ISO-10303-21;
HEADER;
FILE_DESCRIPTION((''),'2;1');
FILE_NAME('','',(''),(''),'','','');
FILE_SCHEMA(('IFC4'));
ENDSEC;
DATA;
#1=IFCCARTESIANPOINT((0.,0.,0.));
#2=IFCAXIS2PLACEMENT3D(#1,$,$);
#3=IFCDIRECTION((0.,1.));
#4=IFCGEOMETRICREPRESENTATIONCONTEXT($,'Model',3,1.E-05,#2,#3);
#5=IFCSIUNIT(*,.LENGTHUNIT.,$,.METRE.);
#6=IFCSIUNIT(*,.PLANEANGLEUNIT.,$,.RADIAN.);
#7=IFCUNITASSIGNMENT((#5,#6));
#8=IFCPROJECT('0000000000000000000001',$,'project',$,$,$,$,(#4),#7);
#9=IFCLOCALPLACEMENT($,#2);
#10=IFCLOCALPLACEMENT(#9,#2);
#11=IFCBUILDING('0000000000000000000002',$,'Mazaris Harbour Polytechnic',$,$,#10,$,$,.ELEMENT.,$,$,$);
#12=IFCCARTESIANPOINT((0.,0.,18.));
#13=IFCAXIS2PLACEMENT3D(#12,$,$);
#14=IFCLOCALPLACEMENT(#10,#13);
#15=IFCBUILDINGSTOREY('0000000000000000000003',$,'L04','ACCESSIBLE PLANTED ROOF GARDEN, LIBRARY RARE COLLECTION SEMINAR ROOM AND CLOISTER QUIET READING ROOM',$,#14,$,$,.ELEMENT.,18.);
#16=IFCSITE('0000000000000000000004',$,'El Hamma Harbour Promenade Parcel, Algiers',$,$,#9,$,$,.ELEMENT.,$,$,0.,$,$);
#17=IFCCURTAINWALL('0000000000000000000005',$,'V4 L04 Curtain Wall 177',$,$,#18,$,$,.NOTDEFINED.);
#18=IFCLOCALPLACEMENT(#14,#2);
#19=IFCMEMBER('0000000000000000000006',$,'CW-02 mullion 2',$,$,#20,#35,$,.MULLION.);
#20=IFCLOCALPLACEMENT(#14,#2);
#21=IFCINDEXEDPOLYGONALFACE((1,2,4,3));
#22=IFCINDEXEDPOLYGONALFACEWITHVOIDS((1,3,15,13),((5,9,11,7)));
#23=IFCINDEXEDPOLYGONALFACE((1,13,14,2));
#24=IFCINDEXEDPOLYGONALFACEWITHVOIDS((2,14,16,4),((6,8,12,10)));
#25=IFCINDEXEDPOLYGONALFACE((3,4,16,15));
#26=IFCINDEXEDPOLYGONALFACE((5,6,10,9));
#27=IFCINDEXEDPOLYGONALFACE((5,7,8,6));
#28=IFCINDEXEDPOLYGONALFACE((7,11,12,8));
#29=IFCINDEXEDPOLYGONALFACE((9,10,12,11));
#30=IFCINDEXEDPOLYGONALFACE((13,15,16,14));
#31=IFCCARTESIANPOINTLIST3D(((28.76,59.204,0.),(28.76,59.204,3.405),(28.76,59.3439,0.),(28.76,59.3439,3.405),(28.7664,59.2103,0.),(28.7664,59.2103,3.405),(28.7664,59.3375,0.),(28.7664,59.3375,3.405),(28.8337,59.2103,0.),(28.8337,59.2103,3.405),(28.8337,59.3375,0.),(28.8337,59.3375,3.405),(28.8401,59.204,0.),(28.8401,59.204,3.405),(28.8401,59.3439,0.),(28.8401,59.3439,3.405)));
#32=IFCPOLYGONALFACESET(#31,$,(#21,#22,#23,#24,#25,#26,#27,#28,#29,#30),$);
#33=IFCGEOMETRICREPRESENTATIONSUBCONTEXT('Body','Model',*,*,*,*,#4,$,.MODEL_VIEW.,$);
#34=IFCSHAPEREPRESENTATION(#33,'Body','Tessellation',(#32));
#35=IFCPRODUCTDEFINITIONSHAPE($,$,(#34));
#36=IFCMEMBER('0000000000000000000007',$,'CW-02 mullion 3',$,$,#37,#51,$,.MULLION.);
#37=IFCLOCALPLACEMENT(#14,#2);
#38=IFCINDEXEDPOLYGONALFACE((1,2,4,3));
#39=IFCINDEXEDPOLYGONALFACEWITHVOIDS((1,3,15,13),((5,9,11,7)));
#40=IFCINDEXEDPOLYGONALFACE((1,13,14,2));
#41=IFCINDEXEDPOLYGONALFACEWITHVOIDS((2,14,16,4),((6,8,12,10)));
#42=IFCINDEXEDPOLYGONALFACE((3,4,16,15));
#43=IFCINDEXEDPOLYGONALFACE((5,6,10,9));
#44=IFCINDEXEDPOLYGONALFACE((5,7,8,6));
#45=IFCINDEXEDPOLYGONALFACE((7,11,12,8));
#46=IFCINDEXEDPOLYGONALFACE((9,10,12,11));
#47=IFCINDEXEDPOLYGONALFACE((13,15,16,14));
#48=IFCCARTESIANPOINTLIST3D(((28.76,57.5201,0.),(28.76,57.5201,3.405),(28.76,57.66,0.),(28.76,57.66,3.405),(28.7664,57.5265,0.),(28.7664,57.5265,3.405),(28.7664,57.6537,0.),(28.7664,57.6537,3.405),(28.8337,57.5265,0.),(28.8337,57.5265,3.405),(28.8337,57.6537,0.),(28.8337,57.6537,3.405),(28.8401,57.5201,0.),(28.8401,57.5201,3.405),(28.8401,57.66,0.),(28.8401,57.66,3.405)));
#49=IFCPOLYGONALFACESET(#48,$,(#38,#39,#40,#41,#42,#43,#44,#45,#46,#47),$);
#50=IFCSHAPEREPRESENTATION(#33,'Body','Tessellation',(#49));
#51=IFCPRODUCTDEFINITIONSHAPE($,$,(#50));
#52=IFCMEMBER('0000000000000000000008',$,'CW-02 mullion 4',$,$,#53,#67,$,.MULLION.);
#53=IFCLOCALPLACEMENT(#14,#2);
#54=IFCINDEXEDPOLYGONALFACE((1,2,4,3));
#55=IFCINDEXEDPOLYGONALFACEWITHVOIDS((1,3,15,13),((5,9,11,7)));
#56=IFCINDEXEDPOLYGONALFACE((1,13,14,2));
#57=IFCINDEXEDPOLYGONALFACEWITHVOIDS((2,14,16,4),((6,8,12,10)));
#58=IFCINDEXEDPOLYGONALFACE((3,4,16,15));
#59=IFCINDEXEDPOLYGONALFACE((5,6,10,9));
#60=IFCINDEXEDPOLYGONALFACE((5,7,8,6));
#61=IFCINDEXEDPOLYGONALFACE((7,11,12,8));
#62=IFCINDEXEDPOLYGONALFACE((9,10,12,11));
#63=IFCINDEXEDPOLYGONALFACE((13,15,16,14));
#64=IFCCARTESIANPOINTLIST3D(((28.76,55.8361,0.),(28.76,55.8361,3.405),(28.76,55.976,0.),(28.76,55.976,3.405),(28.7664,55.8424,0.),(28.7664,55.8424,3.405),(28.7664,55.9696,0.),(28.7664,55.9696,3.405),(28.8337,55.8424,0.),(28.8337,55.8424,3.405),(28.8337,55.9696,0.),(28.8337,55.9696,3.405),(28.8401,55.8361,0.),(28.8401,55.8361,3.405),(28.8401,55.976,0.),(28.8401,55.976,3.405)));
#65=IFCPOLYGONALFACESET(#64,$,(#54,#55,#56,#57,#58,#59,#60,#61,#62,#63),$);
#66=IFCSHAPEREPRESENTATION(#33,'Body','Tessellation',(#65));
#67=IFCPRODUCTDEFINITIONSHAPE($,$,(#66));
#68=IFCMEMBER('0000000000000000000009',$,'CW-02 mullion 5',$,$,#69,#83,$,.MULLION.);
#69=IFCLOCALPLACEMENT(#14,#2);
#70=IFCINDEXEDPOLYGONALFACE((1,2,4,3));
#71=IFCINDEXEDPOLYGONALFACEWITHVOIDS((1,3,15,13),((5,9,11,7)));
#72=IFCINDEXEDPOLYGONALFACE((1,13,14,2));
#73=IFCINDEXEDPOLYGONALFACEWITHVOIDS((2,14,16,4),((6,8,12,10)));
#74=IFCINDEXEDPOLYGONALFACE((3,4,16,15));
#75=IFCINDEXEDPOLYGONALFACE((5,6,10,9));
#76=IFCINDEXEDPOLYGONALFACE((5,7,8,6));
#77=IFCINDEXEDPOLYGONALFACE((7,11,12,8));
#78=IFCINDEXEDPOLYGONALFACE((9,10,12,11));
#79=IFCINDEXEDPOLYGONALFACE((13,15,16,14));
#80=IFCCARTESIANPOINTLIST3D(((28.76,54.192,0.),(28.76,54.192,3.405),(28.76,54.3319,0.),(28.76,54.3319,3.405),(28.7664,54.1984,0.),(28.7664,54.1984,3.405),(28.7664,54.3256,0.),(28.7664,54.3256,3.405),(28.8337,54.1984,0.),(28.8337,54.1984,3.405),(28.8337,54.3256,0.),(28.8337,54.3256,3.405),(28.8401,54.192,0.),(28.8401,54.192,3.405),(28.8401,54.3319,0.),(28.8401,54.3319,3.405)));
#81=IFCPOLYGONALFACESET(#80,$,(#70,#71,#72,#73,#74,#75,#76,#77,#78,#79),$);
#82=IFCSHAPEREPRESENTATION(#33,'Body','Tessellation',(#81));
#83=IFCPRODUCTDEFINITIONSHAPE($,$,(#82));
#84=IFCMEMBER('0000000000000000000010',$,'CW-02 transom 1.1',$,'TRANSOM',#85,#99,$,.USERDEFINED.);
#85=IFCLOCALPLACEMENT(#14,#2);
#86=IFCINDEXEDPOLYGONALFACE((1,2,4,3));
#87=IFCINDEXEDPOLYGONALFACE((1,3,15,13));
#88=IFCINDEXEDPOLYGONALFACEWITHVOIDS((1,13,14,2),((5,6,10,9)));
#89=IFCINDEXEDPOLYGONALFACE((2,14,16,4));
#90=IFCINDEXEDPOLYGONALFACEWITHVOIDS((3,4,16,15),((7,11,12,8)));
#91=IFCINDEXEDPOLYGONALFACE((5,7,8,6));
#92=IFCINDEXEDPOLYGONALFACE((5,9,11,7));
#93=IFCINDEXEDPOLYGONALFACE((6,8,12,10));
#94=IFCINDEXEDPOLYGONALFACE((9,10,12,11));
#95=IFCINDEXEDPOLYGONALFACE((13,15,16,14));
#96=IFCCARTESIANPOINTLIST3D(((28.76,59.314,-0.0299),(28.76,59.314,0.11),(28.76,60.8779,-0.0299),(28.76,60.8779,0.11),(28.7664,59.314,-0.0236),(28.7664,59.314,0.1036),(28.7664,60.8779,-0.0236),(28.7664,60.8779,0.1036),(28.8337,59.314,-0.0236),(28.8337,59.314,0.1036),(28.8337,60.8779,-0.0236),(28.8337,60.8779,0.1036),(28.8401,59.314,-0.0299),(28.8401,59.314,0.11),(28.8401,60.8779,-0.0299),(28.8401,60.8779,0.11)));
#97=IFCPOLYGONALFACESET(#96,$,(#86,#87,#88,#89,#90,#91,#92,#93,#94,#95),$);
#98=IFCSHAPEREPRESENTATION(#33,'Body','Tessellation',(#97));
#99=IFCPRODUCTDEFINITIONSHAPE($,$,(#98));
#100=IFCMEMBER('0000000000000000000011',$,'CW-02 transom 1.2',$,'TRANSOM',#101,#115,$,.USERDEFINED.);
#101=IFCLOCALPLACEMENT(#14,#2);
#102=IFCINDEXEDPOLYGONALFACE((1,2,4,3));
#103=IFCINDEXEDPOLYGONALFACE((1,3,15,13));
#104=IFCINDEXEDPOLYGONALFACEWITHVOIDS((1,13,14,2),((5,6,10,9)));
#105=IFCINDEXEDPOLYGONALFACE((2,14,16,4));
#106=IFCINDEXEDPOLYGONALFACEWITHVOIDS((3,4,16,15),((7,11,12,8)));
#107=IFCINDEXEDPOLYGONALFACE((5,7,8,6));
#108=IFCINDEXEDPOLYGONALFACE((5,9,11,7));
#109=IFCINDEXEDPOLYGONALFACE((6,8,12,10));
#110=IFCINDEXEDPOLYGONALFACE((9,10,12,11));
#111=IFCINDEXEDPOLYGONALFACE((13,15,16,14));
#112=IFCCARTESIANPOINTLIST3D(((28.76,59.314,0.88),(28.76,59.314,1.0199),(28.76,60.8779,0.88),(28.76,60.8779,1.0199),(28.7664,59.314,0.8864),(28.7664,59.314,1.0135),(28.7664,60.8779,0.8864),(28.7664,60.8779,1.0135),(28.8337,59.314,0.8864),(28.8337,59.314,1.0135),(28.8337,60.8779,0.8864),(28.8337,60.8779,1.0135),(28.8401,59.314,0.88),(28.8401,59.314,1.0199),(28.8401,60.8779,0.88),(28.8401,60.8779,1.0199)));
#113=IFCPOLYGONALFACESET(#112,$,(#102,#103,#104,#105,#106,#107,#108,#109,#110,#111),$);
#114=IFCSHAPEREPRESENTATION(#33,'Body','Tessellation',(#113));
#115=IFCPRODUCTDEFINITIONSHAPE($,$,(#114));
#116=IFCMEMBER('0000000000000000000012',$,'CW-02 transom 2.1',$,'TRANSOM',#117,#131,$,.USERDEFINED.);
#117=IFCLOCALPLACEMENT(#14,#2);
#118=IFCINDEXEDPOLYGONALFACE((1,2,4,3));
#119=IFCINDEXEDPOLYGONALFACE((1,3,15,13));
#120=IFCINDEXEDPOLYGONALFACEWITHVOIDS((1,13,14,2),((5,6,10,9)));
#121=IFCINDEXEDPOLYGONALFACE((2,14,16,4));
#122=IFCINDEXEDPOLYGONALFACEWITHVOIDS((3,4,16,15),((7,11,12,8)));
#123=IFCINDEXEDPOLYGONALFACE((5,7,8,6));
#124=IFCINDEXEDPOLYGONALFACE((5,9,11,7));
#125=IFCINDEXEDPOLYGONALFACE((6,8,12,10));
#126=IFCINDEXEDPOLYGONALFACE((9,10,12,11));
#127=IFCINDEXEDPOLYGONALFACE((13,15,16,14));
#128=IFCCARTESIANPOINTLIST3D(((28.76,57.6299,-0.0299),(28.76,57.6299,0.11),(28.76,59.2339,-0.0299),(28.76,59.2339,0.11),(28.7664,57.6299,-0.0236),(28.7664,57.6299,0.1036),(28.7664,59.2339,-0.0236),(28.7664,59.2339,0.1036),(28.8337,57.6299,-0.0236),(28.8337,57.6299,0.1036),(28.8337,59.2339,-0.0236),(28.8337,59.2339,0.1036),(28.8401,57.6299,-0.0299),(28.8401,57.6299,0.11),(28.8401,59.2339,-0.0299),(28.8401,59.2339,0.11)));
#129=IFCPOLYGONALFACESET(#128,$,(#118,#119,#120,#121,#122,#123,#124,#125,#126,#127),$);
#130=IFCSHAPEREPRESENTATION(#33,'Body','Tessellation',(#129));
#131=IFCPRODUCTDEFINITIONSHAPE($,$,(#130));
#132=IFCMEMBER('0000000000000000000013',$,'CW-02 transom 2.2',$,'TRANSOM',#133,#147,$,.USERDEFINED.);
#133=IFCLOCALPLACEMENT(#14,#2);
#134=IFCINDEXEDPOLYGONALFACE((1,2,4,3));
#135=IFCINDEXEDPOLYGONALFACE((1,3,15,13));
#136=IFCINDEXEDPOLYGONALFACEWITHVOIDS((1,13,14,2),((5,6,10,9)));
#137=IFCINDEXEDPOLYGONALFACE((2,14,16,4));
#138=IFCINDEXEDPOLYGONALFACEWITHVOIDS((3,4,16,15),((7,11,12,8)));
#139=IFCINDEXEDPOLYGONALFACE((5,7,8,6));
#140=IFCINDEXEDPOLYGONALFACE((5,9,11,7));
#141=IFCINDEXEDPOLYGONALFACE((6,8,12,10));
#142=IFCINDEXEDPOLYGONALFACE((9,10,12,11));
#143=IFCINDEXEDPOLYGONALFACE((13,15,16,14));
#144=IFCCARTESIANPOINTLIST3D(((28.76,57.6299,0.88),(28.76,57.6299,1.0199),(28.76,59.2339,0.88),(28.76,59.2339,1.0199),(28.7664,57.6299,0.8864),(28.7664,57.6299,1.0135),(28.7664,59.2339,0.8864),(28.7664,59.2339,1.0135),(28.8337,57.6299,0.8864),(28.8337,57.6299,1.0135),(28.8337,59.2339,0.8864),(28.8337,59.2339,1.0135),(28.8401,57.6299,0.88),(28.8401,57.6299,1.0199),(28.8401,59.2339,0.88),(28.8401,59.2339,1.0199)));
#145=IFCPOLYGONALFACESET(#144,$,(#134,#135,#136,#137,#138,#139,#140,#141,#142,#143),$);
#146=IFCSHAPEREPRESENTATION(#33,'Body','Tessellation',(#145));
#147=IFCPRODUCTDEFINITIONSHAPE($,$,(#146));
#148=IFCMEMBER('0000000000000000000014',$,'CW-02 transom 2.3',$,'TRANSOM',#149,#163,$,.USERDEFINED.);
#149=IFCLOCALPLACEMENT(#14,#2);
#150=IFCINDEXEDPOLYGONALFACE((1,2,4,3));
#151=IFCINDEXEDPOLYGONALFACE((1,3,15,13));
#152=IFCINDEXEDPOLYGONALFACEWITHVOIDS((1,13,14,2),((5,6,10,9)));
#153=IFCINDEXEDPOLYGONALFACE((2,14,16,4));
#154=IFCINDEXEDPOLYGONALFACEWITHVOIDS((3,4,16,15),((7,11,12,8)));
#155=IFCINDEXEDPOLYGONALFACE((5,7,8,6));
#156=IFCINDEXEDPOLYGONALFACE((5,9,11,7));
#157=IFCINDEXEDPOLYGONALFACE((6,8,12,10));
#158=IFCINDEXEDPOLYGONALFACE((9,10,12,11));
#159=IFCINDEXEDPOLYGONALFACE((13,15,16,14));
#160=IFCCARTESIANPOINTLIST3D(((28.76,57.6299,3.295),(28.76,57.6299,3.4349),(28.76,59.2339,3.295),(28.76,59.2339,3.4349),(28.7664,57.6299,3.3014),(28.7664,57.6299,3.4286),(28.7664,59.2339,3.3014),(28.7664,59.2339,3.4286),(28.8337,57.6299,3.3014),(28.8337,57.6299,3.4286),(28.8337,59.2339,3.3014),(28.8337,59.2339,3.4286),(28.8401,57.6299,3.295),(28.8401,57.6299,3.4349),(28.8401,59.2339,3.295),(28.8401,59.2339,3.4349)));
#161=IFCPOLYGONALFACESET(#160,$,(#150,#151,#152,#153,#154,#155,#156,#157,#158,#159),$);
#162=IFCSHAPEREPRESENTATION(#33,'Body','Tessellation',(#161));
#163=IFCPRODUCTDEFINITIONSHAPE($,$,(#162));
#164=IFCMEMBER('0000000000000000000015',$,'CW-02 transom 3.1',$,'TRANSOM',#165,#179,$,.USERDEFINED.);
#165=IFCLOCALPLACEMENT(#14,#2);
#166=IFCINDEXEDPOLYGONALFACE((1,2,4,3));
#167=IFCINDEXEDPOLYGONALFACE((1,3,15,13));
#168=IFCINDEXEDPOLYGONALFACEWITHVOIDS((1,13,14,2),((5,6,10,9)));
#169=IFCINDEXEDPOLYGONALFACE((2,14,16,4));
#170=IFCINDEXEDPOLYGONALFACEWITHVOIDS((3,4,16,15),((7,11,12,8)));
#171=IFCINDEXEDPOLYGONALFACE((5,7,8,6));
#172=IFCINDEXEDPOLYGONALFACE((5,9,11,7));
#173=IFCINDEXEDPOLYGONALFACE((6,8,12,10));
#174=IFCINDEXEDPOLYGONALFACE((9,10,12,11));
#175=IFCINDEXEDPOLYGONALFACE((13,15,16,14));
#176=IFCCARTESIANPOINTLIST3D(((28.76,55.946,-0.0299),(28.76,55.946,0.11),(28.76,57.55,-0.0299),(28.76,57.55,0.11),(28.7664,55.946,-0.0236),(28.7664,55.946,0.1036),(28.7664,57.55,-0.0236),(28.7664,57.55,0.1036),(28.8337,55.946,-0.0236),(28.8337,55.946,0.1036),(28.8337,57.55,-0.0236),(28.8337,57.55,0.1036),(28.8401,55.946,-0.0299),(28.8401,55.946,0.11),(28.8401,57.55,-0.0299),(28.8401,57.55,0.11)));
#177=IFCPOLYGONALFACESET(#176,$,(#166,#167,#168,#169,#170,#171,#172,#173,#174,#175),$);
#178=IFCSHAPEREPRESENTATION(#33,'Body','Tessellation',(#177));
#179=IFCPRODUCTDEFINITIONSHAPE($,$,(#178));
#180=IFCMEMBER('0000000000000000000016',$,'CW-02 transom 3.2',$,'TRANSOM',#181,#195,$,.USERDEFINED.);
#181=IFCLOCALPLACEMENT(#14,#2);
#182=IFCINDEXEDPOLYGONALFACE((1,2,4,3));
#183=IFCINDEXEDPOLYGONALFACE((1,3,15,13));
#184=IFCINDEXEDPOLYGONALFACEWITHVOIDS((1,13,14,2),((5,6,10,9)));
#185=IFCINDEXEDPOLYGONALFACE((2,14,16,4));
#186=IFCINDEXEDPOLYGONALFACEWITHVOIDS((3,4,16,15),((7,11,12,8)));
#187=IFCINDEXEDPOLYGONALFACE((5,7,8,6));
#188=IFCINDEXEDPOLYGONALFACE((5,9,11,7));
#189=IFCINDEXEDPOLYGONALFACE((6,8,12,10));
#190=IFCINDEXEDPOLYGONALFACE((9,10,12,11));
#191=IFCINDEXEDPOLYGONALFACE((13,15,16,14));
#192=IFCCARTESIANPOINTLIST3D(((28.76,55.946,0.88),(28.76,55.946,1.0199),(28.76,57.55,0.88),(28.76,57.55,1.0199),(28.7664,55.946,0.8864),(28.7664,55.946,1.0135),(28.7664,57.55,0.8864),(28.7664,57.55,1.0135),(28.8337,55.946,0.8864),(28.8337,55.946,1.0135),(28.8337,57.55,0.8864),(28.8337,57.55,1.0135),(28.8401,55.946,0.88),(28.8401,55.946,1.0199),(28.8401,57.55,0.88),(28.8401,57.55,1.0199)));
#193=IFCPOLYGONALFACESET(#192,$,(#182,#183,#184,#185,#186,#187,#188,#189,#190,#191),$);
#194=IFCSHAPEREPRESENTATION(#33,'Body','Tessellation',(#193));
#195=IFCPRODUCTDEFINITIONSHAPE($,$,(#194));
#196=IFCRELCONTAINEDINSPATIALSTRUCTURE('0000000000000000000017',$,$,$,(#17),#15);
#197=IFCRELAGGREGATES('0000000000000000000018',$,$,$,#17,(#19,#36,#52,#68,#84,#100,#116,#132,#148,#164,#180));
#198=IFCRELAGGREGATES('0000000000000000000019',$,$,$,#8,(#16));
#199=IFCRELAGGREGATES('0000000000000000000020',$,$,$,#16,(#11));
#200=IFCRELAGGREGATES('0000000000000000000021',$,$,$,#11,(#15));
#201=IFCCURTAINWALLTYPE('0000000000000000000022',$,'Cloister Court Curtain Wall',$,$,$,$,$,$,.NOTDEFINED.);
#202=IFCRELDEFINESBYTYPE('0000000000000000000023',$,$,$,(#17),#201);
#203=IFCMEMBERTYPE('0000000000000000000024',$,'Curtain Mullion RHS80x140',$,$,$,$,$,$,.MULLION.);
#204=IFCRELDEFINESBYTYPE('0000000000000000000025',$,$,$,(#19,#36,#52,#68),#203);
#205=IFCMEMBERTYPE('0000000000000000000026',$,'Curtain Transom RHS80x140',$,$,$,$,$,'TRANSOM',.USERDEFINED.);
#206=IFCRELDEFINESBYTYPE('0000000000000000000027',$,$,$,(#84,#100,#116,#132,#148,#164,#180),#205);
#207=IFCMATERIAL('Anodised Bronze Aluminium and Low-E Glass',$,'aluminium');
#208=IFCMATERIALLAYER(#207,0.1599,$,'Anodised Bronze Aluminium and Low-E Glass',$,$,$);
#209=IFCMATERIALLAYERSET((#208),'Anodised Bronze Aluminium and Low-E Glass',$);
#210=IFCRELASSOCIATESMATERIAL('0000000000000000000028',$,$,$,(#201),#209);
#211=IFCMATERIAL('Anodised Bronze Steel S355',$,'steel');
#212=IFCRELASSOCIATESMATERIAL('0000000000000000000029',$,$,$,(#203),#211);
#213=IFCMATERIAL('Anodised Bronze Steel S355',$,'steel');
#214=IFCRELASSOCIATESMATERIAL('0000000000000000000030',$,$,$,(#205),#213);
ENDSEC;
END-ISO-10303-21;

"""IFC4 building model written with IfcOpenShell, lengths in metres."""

from ifc_helpers import new_model, si_unit, direction, frame, origin, origin_2d, place, context, subcontext, project, spatial, hollow_rectangle, extrude, material, layer, layer_set, material_profile, profile_set, type_object, element, aggregate, save


model = new_model("IFC4")

# Units and contexts
model_context = context("Model", 3, precision=1e-05, world=origin(), true_north=direction((0.0, 1.0)))
body_context = subcontext(model_context, "Body", "Model", "MODEL_VIEW")
ifc_project = project(units=[si_unit("LENGTHUNIT", "METRE"), si_unit("PLANEANGLEUNIT", "RADIAN")], contexts=[model_context])

# Site, building, storey
site_placement = place(None, origin())
site = spatial("IfcSite", under=ifc_project, at=site_placement, Name="El Hamma Harbour Promenade Parcel, Algiers", CompositionType="ELEMENT", RefElevation=0.0)
building_placement = place(site_placement, origin())
building = spatial("IfcBuilding", under=site, at=building_placement, Name="Mazaris Harbour Polytechnic", CompositionType="ELEMENT")
storey_placement = place(building_placement, frame((0.0, 0.0, 18.0)))
storey = spatial("IfcBuildingStorey", under=building, at=storey_placement, Name="L04", Description="ACCESSIBLE PLANTED ROOF GARDEN, LIBRARY RARE COLLECTION SEMINAR ROOM AND CLOISTER QUIET READING ROOM", CompositionType="ELEMENT", Elevation=18.0)

# Curtain wall, members
ifc_material_1 = material(Name="Anodised Bronze Aluminium and Low-E Glass", Category="aluminium")
ifc_layer_1 = layer(ifc_material_1, 0.1599, Name="Anodised Bronze Aluminium and Low-E Glass")
ifc_layer_set_1 = layer_set([ifc_layer_1], Name="Anodised Bronze Aluminium and Low-E Glass")
curtain_wall_type = type_object("IfcCurtainWallType", Name="Cloister Court Curtain Wall", PredefinedType="NOTDEFINED", material=ifc_layer_set_1)
curtain_wall_1_placement = place(storey_placement, origin())
curtain_wall_1 = element("IfcCurtainWall", 1, at=curtain_wall_1_placement, inside=storey, type_object=curtain_wall_type, Name="V4 L04 Curtain Wall 177", PredefinedType="NOTDEFINED")
ifc_material_2 = material(Name="Anodised Bronze Steel S355", Category="steel")
ifc_material_profile_1 = material_profile(ifc_material_2, hollow_rectangle(XDim=0.0801, YDim=0.1399, WallThickness=0.0063, at=origin_2d()), Name="RHS 80x140x6.3")
ifc_profile_set_1 = profile_set([ifc_material_profile_1], Name="Anodised Bronze Steel S355")
member_type_1 = type_object("IfcMemberType", Name="Curtain Mullion RHS80x140", PredefinedType="MULLION", material=ifc_profile_set_1)
member_1_placement = place(storey_placement, frame((28.8, 59.2739, 0.0), z_axis=(0.0, 0.0, 1.0), x_axis=(1.0, 0.0, 0.0)))
member_1 = element("IfcMember", 2, at=member_1_placement, type_object=member_type_1, Name="CW-02 mullion 2", PredefinedType="MULLION", context=body_context, shape_type="SweptSolid", body=[
    extrude(hollow_rectangle(XDim=0.0801, YDim=0.1399, WallThickness=0.0063, at=origin_2d()), origin(), (0.0, 0.0, 1.0), 3.405),
])
member_2_placement = place(storey_placement, frame((28.8, 57.5901, 0.0), z_axis=(0.0, 0.0, 1.0), x_axis=(1.0, 0.0, 0.0)))
member_2 = element("IfcMember", 3, at=member_2_placement, type_object=member_type_1, Name="CW-02 mullion 3", PredefinedType="MULLION", context=body_context, shape_type="SweptSolid", body=[
    extrude(hollow_rectangle(XDim=0.0801, YDim=0.1399, WallThickness=0.0063, at=origin_2d()), origin(), (0.0, 0.0, 1.0), 3.405),
])
member_3_placement = place(storey_placement, frame((28.8, 55.906, 0.0), z_axis=(0.0, 0.0, 1.0), x_axis=(1.0, 0.0, 0.0)))
member_3 = element("IfcMember", 4, at=member_3_placement, type_object=member_type_1, Name="CW-02 mullion 4", PredefinedType="MULLION", context=body_context, shape_type="SweptSolid", body=[
    extrude(hollow_rectangle(XDim=0.0801, YDim=0.1399, WallThickness=0.0063, at=origin_2d()), origin(), (0.0, 0.0, 1.0), 3.405),
])
member_4_placement = place(storey_placement, frame((28.8, 54.262, 0.0), z_axis=(0.0, 0.0, 1.0), x_axis=(1.0, 0.0, 0.0)))
member_4 = element("IfcMember", 5, at=member_4_placement, type_object=member_type_1, Name="CW-02 mullion 5", PredefinedType="MULLION", context=body_context, shape_type="SweptSolid", body=[
    extrude(hollow_rectangle(XDim=0.0801, YDim=0.1399, WallThickness=0.0063, at=origin_2d()), origin(), (0.0, 0.0, 1.0), 3.405),
])
ifc_material_3 = material(Name="Anodised Bronze Steel S355", Category="steel")
ifc_material_profile_2 = material_profile(ifc_material_3, hollow_rectangle(XDim=0.0801, YDim=0.1399, WallThickness=0.0063, at=origin_2d()), Name="RHS 80x140x6.3")
ifc_profile_set_2 = profile_set([ifc_material_profile_2], Name="Anodised Bronze Steel S355")
member_type_2 = type_object("IfcMemberType", Name="Curtain Transom RHS80x140", ElementType="TRANSOM", PredefinedType="USERDEFINED", material=ifc_profile_set_2)
member_5_placement = place(storey_placement, frame((28.8, 60.8779, 0.04), z_axis=(0.0, -1.0, 0.0), x_axis=(1.0, 0.0, 0.0)))
member_5 = element("IfcMember", 6, at=member_5_placement, type_object=member_type_2, Name="CW-02 transom 1.1", ObjectType="TRANSOM", PredefinedType="USERDEFINED", context=body_context, shape_type="SweptSolid", body=[
    extrude(hollow_rectangle(XDim=0.0801, YDim=0.1399, WallThickness=0.0063, at=origin_2d()), origin(), (0.0, 0.0, 1.0), 1.564),
])
member_6_placement = place(storey_placement, frame((28.8, 60.8779, 0.95), z_axis=(0.0, -1.0, 0.0), x_axis=(1.0, 0.0, 0.0)))
member_6 = element("IfcMember", 7, at=member_6_placement, type_object=member_type_2, Name="CW-02 transom 1.2", ObjectType="TRANSOM", PredefinedType="USERDEFINED", context=body_context, shape_type="SweptSolid", body=[
    extrude(hollow_rectangle(XDim=0.0801, YDim=0.1399, WallThickness=0.0063, at=origin_2d()), origin(), (0.0, 0.0, 1.0), 1.564),
])
member_7_placement = place(storey_placement, frame((28.8, 59.2339, 0.04), z_axis=(0.0, -1.0, 0.0), x_axis=(1.0, 0.0, 0.0)))
member_7 = element("IfcMember", 8, at=member_7_placement, type_object=member_type_2, Name="CW-02 transom 2.1", ObjectType="TRANSOM", PredefinedType="USERDEFINED", context=body_context, shape_type="SweptSolid", body=[
    extrude(hollow_rectangle(XDim=0.0801, YDim=0.1399, WallThickness=0.0063, at=origin_2d()), origin(), (0.0, 0.0, 1.0), 1.604),
])
member_8_placement = place(storey_placement, frame((28.8, 59.2339, 0.95), z_axis=(0.0, -1.0, 0.0), x_axis=(1.0, 0.0, 0.0)))
member_8 = element("IfcMember", 9, at=member_8_placement, type_object=member_type_2, Name="CW-02 transom 2.2", ObjectType="TRANSOM", PredefinedType="USERDEFINED", context=body_context, shape_type="SweptSolid", body=[
    extrude(hollow_rectangle(XDim=0.0801, YDim=0.1399, WallThickness=0.0063, at=origin_2d()), origin(), (0.0, 0.0, 1.0), 1.604),
])
member_9_placement = place(storey_placement, frame((28.8, 59.2339, 3.365), z_axis=(0.0, -1.0, 0.0), x_axis=(1.0, 0.0, 0.0)))
member_9 = element("IfcMember", 10, at=member_9_placement, type_object=member_type_2, Name="CW-02 transom 2.3", ObjectType="TRANSOM", PredefinedType="USERDEFINED", context=body_context, shape_type="SweptSolid", body=[
    extrude(hollow_rectangle(XDim=0.0801, YDim=0.1399, WallThickness=0.0063, at=origin_2d()), origin(), (0.0, 0.0, 1.0), 1.604),
])
member_10_placement = place(storey_placement, frame((28.8, 57.55, 0.04), z_axis=(0.0, -1.0, 0.0), x_axis=(1.0, 0.0, 0.0)))
member_10 = element("IfcMember", 11, at=member_10_placement, type_object=member_type_2, Name="CW-02 transom 3.1", ObjectType="TRANSOM", PredefinedType="USERDEFINED", context=body_context, shape_type="SweptSolid", body=[
    extrude(hollow_rectangle(XDim=0.0801, YDim=0.1399, WallThickness=0.0063, at=origin_2d()), origin(), (0.0, 0.0, 1.0), 1.604),
])
member_11_placement = place(storey_placement, frame((28.8, 57.55, 0.95), z_axis=(0.0, -1.0, 0.0), x_axis=(1.0, 0.0, 0.0)))
member_11 = element("IfcMember", 12, at=member_11_placement, type_object=member_type_2, Name="CW-02 transom 3.2", ObjectType="TRANSOM", PredefinedType="USERDEFINED", context=body_context, shape_type="SweptSolid", body=[
    extrude(hollow_rectangle(XDim=0.0801, YDim=0.1399, WallThickness=0.0063, at=origin_2d()), origin(), (0.0, 0.0, 1.0), 1.604),
])

aggregate(curtain_wall_1, [member_1, member_2, member_3, member_4, member_5, member_6, member_7, member_8, member_9, member_10, member_11])

save(model, "model.ifc")
